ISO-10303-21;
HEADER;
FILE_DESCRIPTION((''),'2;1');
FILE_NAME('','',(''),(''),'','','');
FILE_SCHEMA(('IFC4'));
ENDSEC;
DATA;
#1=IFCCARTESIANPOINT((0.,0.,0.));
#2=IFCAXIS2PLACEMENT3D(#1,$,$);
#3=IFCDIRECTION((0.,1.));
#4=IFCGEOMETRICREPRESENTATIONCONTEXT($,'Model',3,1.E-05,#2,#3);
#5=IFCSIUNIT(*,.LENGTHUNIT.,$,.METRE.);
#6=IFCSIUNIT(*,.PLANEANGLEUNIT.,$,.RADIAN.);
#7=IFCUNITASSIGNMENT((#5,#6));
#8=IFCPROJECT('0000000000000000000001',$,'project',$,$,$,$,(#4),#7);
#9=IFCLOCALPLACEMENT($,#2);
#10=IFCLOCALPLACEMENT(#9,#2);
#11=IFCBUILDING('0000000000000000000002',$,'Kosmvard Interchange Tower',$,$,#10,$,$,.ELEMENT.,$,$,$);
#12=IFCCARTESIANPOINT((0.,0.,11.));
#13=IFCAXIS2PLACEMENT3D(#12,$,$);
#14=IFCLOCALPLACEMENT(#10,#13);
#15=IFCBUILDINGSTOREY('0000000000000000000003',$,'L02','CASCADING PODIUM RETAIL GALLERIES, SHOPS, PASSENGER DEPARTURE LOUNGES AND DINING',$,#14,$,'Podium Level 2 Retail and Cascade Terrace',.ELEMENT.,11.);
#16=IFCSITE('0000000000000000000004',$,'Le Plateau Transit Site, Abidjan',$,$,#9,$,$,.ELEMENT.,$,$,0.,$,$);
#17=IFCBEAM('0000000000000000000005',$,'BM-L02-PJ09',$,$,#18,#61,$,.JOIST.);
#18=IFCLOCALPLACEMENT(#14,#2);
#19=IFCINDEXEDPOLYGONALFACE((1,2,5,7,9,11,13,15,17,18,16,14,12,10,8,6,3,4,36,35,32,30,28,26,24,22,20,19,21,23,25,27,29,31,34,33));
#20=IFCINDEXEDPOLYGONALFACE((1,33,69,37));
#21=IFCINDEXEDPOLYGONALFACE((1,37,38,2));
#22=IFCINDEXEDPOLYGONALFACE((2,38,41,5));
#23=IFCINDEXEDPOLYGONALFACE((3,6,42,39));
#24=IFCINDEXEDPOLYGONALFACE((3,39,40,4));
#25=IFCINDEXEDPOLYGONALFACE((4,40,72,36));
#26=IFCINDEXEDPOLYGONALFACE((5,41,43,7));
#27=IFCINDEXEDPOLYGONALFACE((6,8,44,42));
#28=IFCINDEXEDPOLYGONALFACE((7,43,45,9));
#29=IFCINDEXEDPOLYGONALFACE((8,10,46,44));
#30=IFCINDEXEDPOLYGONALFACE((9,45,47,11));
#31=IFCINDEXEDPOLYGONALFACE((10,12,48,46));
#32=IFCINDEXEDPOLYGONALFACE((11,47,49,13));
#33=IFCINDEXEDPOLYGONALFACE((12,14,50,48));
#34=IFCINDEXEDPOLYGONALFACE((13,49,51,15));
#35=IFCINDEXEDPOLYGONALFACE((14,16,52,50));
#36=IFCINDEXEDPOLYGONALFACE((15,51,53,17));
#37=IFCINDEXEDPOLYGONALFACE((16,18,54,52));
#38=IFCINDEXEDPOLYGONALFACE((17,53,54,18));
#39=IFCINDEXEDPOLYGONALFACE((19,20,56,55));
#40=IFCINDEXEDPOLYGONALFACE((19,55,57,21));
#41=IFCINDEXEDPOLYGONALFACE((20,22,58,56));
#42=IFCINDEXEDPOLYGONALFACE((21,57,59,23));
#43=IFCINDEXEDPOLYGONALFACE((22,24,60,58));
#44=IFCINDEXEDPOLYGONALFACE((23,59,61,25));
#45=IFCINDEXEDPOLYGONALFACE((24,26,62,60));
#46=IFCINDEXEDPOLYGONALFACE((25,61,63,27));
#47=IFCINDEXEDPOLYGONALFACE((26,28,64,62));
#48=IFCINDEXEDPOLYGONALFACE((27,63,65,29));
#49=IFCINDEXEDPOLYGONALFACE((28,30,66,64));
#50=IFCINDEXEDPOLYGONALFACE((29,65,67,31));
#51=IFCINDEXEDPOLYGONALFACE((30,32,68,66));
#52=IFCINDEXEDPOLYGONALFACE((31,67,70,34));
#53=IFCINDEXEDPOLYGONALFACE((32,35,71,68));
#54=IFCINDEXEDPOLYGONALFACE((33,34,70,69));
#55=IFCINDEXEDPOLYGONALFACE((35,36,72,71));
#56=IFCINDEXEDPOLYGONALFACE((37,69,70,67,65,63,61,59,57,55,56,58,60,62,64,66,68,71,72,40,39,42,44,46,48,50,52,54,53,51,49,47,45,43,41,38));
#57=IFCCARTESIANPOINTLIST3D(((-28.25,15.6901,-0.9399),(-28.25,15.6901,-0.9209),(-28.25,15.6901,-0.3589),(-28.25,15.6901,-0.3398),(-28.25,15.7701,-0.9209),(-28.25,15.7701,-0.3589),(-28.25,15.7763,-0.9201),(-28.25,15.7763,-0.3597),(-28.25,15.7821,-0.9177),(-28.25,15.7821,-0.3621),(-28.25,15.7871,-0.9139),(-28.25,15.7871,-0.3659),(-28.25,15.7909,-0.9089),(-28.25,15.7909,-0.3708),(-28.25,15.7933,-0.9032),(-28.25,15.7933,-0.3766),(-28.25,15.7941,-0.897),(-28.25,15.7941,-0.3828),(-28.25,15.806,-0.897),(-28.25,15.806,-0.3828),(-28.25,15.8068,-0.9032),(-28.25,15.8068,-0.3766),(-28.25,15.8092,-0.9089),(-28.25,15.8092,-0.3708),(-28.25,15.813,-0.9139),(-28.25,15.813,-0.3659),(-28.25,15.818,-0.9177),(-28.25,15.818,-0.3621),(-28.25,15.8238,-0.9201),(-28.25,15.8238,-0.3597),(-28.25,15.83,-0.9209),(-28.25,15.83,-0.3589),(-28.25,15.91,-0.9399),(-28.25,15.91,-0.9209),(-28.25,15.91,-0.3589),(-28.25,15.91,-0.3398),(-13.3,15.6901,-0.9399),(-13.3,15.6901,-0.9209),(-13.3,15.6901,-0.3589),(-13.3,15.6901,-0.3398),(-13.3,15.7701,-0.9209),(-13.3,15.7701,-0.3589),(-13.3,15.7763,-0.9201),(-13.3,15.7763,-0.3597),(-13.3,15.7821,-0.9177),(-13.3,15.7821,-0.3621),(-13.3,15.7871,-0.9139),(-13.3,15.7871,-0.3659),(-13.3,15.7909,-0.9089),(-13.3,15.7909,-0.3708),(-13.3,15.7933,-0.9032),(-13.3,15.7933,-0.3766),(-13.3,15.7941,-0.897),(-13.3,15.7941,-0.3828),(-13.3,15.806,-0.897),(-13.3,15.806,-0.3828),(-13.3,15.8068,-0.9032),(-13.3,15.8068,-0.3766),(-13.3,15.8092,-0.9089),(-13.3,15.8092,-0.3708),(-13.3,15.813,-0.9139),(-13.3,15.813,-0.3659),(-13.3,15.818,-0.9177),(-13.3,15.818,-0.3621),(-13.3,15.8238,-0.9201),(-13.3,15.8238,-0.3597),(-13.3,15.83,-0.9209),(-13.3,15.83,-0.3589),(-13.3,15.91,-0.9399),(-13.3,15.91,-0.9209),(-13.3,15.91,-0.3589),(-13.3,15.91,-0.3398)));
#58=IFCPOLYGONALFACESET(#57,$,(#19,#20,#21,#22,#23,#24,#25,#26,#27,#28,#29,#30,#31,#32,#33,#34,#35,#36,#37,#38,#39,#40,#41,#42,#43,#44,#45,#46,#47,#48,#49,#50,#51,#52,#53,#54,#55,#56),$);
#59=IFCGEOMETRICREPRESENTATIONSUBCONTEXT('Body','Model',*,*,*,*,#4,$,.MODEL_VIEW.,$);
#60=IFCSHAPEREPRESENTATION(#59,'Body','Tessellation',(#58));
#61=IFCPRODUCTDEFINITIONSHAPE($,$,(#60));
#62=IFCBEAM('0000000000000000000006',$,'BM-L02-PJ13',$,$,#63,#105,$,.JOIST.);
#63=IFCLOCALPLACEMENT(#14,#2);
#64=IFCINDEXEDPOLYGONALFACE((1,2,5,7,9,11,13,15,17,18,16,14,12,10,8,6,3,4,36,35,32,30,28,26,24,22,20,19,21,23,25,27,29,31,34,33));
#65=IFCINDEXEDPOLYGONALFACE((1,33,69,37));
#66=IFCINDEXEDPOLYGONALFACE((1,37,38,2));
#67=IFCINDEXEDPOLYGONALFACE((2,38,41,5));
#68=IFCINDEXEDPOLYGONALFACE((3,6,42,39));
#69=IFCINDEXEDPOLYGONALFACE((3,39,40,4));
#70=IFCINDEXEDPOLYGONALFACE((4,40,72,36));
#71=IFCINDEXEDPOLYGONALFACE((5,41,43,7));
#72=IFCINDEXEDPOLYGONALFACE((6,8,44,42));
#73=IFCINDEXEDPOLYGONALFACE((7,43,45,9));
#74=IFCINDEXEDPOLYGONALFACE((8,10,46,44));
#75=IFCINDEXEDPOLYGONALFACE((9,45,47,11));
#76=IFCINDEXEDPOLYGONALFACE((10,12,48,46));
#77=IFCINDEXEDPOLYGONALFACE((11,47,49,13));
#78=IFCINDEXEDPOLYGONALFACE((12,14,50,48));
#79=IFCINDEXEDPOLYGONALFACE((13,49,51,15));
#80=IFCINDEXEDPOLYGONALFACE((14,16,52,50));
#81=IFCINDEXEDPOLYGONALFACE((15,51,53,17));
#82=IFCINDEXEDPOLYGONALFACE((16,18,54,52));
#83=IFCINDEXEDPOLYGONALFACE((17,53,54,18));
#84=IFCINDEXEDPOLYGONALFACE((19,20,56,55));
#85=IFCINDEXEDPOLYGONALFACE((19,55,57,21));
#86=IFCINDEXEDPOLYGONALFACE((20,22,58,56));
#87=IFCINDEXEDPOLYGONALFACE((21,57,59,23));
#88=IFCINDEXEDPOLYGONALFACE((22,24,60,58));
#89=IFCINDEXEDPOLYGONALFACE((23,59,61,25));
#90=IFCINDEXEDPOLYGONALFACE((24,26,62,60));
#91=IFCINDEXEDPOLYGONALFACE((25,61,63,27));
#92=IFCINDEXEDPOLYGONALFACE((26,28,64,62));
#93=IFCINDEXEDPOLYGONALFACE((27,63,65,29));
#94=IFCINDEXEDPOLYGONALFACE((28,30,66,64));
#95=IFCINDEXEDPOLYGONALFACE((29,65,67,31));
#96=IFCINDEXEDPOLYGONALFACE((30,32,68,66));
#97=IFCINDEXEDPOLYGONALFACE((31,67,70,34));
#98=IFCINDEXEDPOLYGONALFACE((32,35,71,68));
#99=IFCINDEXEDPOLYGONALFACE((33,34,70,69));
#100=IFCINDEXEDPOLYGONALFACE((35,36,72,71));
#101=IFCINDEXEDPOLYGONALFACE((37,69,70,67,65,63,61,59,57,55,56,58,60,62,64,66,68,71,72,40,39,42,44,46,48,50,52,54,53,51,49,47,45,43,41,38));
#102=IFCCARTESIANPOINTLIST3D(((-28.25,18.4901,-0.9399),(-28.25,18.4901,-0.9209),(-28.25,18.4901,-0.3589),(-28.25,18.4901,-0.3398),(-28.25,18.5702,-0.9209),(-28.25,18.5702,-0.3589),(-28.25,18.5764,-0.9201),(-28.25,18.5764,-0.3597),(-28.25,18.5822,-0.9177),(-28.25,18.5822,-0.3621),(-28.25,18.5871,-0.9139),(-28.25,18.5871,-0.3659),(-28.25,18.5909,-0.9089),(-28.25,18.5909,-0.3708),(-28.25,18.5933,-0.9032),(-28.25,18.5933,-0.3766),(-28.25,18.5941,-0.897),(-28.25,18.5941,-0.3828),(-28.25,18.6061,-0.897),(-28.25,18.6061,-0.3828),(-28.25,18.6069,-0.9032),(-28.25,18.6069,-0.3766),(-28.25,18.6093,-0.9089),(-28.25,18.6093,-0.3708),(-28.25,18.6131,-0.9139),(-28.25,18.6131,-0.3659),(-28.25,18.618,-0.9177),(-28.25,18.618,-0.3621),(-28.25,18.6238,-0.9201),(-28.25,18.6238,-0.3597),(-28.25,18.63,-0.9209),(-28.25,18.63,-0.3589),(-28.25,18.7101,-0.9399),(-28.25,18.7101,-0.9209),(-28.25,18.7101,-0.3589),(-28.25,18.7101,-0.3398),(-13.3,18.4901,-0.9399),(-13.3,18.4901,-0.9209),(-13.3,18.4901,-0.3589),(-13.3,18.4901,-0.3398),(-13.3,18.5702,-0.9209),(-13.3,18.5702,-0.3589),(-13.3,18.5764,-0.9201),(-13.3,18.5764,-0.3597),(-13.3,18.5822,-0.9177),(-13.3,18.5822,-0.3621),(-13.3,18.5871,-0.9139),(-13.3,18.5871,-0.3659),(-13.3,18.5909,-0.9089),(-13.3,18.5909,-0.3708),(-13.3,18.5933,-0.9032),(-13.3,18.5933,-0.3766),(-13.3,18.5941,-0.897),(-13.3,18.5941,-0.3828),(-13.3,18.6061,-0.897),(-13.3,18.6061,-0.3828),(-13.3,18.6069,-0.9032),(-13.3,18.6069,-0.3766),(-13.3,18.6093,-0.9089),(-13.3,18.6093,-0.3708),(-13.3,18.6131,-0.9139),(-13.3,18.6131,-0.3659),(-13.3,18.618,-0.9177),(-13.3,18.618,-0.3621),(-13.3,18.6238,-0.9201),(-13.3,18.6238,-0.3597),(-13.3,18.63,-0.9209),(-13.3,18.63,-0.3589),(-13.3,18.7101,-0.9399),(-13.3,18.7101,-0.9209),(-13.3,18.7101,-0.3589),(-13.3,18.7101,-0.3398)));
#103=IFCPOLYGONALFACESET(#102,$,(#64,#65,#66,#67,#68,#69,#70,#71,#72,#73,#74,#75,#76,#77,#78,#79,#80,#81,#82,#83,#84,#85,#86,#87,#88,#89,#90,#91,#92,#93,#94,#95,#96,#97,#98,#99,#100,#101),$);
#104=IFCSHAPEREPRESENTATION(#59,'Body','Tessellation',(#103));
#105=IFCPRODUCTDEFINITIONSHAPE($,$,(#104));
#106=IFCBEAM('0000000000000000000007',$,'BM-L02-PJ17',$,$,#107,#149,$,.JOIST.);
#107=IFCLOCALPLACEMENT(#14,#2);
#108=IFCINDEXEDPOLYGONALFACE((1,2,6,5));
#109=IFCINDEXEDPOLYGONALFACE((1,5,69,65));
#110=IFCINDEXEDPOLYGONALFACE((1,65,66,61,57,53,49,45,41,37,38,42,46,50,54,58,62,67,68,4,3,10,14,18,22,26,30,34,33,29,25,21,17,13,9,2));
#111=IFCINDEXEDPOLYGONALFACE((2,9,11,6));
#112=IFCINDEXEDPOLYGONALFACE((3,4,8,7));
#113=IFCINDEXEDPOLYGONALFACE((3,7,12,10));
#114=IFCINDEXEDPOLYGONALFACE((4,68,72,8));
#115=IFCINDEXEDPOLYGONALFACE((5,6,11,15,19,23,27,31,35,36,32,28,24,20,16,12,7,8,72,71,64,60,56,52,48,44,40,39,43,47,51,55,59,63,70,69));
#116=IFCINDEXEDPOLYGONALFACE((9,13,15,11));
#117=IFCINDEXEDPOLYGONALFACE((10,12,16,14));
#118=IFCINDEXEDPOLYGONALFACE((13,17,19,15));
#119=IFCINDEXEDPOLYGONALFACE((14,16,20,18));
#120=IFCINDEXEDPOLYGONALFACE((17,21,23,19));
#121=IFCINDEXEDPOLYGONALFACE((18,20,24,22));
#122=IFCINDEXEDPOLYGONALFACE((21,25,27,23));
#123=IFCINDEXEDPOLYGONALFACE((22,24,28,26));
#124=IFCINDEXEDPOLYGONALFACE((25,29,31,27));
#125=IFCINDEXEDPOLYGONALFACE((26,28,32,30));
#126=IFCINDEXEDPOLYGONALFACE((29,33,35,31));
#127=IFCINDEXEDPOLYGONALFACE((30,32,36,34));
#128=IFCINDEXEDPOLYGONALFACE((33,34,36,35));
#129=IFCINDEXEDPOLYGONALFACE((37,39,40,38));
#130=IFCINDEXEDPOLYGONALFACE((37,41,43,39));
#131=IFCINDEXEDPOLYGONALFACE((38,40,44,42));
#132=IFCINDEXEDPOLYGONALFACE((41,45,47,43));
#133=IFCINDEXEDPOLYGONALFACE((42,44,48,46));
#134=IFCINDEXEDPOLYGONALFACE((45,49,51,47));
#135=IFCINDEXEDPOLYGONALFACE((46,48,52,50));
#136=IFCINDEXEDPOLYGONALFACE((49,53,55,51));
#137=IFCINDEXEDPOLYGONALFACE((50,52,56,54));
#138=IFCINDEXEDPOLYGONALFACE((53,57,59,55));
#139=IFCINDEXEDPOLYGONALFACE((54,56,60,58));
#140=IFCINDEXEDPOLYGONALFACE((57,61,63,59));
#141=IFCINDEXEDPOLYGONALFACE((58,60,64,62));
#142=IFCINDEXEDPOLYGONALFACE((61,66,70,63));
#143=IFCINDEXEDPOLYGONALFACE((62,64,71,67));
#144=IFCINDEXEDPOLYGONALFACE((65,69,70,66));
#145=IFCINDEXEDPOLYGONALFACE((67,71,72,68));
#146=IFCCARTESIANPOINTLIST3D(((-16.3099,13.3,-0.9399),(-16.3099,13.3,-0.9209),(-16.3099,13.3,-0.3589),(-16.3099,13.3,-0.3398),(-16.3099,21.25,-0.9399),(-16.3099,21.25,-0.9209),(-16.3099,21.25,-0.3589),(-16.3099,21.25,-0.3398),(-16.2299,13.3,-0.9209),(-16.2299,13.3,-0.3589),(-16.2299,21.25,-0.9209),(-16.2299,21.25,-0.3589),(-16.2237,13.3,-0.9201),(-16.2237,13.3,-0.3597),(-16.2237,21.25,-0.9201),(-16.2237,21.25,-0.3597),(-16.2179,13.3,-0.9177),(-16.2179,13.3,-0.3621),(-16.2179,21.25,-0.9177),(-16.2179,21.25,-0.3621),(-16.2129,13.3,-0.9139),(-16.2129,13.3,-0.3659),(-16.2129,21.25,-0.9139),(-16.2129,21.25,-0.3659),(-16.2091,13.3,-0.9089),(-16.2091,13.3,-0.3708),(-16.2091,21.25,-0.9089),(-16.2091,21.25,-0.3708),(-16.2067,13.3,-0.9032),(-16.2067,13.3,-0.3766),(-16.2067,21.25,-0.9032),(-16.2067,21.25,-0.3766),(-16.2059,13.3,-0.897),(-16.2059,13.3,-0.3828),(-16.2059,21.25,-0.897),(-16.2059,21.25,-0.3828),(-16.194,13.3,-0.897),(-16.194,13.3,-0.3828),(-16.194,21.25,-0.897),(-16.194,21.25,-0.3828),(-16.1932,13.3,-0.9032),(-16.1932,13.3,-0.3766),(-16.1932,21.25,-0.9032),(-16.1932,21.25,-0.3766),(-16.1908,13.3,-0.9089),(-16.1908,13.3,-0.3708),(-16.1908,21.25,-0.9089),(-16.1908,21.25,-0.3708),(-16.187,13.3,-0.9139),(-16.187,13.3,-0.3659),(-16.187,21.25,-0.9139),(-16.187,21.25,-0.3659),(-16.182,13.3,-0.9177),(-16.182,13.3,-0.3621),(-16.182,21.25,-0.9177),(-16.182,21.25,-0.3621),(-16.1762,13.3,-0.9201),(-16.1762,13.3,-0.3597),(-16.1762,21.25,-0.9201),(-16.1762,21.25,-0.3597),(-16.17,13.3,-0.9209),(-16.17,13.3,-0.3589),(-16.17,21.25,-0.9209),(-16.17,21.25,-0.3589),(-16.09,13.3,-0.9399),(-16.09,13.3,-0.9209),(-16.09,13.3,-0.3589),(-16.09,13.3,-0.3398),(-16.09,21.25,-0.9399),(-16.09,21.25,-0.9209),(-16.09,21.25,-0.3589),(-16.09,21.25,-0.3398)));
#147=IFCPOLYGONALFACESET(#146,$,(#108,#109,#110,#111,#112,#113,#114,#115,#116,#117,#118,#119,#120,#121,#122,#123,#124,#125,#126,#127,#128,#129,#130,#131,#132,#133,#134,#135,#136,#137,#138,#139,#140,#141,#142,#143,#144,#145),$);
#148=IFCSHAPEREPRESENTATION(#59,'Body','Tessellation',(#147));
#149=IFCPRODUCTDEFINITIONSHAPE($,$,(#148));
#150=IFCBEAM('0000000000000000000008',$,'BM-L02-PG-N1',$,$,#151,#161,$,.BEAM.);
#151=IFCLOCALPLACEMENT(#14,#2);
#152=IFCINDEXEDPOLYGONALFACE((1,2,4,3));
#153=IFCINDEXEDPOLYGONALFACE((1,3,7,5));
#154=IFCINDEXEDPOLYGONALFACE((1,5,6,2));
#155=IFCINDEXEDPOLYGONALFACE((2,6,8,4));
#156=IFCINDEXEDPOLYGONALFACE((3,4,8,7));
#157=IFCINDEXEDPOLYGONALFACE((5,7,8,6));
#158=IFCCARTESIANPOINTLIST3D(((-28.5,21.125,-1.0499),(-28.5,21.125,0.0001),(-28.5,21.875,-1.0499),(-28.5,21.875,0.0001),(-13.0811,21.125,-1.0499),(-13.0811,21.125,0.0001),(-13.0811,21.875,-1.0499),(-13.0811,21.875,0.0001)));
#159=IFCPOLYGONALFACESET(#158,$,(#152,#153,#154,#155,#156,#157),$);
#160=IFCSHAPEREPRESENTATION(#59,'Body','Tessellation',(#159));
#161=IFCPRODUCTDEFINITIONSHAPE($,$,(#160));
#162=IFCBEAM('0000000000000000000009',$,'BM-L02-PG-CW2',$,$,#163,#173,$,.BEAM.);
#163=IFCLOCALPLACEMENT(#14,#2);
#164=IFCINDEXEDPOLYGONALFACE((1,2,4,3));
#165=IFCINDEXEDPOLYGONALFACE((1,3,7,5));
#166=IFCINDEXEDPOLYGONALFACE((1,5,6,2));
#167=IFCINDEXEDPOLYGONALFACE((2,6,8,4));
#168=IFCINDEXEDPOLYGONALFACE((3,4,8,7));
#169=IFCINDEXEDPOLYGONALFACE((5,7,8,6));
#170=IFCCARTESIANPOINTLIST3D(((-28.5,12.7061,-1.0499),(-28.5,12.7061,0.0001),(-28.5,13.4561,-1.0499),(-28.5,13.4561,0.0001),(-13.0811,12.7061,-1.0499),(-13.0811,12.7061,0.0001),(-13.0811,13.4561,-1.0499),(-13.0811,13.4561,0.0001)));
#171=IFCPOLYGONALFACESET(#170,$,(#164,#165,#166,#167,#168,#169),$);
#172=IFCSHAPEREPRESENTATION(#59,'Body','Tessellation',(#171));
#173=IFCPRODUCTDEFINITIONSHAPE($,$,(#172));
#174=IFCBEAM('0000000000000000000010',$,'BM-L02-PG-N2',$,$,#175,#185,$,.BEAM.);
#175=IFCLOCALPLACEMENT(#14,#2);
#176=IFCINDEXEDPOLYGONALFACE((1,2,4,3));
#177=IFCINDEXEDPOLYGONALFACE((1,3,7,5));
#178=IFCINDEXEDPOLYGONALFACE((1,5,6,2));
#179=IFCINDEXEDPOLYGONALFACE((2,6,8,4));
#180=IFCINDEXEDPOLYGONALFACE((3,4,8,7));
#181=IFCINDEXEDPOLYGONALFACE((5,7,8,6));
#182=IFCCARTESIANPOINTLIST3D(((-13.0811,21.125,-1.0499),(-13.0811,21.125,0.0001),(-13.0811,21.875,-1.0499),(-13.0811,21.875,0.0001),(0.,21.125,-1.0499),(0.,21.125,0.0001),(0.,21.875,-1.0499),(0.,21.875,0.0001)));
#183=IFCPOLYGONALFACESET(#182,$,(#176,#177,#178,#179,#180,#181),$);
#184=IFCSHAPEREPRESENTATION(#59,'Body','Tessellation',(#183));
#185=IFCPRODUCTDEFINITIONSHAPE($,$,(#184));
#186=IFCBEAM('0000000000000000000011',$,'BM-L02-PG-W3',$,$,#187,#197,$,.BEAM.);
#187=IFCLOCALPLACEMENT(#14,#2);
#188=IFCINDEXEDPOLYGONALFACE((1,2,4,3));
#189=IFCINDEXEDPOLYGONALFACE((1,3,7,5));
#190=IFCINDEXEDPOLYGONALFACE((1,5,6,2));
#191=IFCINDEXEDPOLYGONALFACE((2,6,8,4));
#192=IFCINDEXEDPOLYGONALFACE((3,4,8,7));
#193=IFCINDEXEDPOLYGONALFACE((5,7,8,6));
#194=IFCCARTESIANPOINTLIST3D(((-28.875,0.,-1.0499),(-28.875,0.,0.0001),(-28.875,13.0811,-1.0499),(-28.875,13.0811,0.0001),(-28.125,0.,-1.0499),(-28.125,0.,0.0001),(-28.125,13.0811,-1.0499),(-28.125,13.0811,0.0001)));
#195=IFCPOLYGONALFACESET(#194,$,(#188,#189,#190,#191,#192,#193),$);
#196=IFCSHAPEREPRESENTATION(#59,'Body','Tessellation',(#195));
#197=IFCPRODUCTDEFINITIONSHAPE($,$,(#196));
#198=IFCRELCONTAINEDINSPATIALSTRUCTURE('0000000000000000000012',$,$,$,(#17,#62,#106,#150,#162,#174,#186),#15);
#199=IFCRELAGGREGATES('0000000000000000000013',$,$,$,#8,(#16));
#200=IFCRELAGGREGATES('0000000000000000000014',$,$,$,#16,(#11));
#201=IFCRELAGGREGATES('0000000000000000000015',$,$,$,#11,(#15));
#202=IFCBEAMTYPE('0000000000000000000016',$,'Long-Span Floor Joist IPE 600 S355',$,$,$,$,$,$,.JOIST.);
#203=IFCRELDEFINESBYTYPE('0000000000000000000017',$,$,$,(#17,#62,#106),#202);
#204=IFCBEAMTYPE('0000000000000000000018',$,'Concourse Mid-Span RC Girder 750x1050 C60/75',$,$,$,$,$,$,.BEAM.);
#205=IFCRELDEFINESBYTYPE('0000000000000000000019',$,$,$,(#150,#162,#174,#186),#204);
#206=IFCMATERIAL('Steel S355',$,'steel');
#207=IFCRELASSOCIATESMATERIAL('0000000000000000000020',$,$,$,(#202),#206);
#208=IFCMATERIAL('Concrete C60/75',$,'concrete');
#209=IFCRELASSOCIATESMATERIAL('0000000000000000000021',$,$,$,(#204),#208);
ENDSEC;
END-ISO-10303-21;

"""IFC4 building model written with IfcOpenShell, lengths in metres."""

from ifc_helpers import new_model, si_unit, direction, frame, origin, origin_2d, place, context, subcontext, project, spatial, rectangle, i_section, extrude, source, transform, mapped, material, material_profile, profile_set, type_object, element, save


model = new_model("IFC4")

# Units and contexts
model_context = context("Model", 3, precision=1e-05, world=origin(), true_north=direction((0.0, 1.0)))
body_context = subcontext(model_context, "Body", "Model", "MODEL_VIEW")
ifc_project = project(units=[si_unit("LENGTHUNIT", "METRE"), si_unit("PLANEANGLEUNIT", "RADIAN")], contexts=[model_context])

# Site, building, storey
site_placement = place(None, origin())
site = spatial("IfcSite", under=ifc_project, at=site_placement, Name="Le Plateau Transit Site, Abidjan", CompositionType="ELEMENT", RefElevation=0.0)
building_placement = place(site_placement, origin())
building = spatial("IfcBuilding", under=site, at=building_placement, Name="Kosmvard Interchange Tower", CompositionType="ELEMENT")
storey_placement = place(building_placement, frame((0.0, 0.0, 11.0)))
storey = spatial("IfcBuildingStorey", under=building, at=storey_placement, Name="L02", Description="CASCADING PODIUM RETAIL GALLERIES, SHOPS, PASSENGER DEPARTURE LOUNGES AND DINING", LongName="Podium Level 2 Retail and Cascade Terrace", CompositionType="ELEMENT", Elevation=11.0)

# Shared definitions
ifc_material_1 = material(Name="Concrete C60/75", Category="concrete")

# Beams
ifc_material_2 = material(Name="Steel S355", Category="steel")
ifc_material_profile_1 = material_profile(ifc_material_2, i_section(OverallWidth=0.22, OverallDepth=0.6001, WebThickness=0.012, FlangeThickness=0.019, FilletRadius=0.0239, at=origin_2d()), Name="IPE 600")
ifc_profile_set_1 = profile_set([ifc_material_profile_1], Name="Steel S355")
beam_type_1 = type_object("IfcBeamType", Name="Long-Span Floor Joist IPE 600 S355", PredefinedType="JOIST", material=ifc_profile_set_1)
shared_shape_1 = source(origin(), body_context, "Body", "SweptSolid", [
    extrude(i_section(OverallWidth=0.22, OverallDepth=0.6001, WebThickness=0.012, FlangeThickness=0.019, FilletRadius=0.0239, at=origin_2d()), origin(), (0.0, 0.0, 1.0), 14.95),
])
for number, where, z_axis, x_axis, name in (
    (1, (-28.25, 15.8, -0.6399), (1.0, 0.0, 0.0), (0.0, 1.0, 0.0), "BM-L02-PJ09"),
    (2, (-28.25, 18.6001, -0.6399), (1.0, 0.0, 0.0), (0.0, 1.0, 0.0), "BM-L02-PJ13"),
):
    element("IfcBeam", number, at=place(storey_placement, frame(where, z_axis=z_axis, x_axis=x_axis)), inside=storey, type_object=beam_type_1, Name=name, PredefinedType="JOIST", context=body_context, shape_type="MappedRepresentation", body=[
        mapped(shared_shape_1, transform((0.0, 0.0, 0.0), scale=1.0)),
    ])
shared_shape_2 = source(origin(), body_context, "Body", "SweptSolid", [
    extrude(i_section(OverallWidth=0.22, OverallDepth=0.6001, WebThickness=0.012, FlangeThickness=0.019, FilletRadius=0.0239, at=origin_2d()), origin(), (0.0, 0.0, 1.0), 7.95),
])
beam_1_placement = place(storey_placement, frame((-16.2, 13.3, -0.6399), z_axis=(0.0, 1.0, 0.0), x_axis=(-1.0, 0.0, 0.0)))
element("IfcBeam", 3, at=beam_1_placement, inside=storey, type_object=beam_type_1, Name="BM-L02-PJ17", PredefinedType="JOIST", context=body_context, shape_type="MappedRepresentation", body=[
    mapped(shared_shape_2, transform((0.0, 0.0, 0.0), scale=1.0)),
])
ifc_material_profile_2 = material_profile(ifc_material_1, rectangle(XDim=0.75, YDim=1.05, at=origin_2d()), Name="RCG 750x1050")
ifc_profile_set_2 = profile_set([ifc_material_profile_2], Name="Concrete C60/75")
beam_type_2 = type_object("IfcBeamType", Name="Concourse Mid-Span RC Girder 750x1050 C60/75", PredefinedType="BEAM", material=ifc_profile_set_2)
shared_shape_3 = source(origin(), body_context, "Body", "SweptSolid", [
    extrude(rectangle(XDim=0.75, YDim=1.05, at=origin_2d()), origin(), (0.0, 0.0, 1.0), 15.4189),
])
for number, where, z_axis, x_axis, name in (
    (4, (-28.5, 21.5, -0.5249), (1.0, 0.0, 0.0), (0.0, 1.0, 0.0), "BM-L02-PG-N1"),
    (5, (-28.5, 13.0811, -0.5249), (1.0, 0.0, 0.0), (0.0, 1.0, 0.0), "BM-L02-PG-CW2"),
):
    element("IfcBeam", number, at=place(storey_placement, frame(where, z_axis=z_axis, x_axis=x_axis)), inside=storey, type_object=beam_type_2, Name=name, PredefinedType="BEAM", context=body_context, shape_type="MappedRepresentation", body=[
        mapped(shared_shape_3, transform((0.0, 0.0, 0.0), scale=1.0)),
    ])
shared_shape_4 = source(origin(), body_context, "Body", "SweptSolid", [
    extrude(rectangle(XDim=0.75, YDim=1.05, at=origin_2d()), origin(), (0.0, 0.0, 1.0), 13.0811),
])
for number, where, z_axis, x_axis, name in (
    (6, (-13.0811, 21.5, -0.5249), (1.0, 0.0, 0.0), (0.0, 1.0, 0.0), "BM-L02-PG-N2"),
    (7, (-28.5, 0.0, -0.5249), (0.0, 1.0, 0.0), (-1.0, 0.0, 0.0), "BM-L02-PG-W3"),
):
    element("IfcBeam", number, at=place(storey_placement, frame(where, z_axis=z_axis, x_axis=x_axis)), inside=storey, type_object=beam_type_2, Name=name, PredefinedType="BEAM", context=body_context, shape_type="MappedRepresentation", body=[
        mapped(shared_shape_4, transform((0.0, 0.0, 0.0), scale=1.0)),
    ])

save(model, "model.ifc")
